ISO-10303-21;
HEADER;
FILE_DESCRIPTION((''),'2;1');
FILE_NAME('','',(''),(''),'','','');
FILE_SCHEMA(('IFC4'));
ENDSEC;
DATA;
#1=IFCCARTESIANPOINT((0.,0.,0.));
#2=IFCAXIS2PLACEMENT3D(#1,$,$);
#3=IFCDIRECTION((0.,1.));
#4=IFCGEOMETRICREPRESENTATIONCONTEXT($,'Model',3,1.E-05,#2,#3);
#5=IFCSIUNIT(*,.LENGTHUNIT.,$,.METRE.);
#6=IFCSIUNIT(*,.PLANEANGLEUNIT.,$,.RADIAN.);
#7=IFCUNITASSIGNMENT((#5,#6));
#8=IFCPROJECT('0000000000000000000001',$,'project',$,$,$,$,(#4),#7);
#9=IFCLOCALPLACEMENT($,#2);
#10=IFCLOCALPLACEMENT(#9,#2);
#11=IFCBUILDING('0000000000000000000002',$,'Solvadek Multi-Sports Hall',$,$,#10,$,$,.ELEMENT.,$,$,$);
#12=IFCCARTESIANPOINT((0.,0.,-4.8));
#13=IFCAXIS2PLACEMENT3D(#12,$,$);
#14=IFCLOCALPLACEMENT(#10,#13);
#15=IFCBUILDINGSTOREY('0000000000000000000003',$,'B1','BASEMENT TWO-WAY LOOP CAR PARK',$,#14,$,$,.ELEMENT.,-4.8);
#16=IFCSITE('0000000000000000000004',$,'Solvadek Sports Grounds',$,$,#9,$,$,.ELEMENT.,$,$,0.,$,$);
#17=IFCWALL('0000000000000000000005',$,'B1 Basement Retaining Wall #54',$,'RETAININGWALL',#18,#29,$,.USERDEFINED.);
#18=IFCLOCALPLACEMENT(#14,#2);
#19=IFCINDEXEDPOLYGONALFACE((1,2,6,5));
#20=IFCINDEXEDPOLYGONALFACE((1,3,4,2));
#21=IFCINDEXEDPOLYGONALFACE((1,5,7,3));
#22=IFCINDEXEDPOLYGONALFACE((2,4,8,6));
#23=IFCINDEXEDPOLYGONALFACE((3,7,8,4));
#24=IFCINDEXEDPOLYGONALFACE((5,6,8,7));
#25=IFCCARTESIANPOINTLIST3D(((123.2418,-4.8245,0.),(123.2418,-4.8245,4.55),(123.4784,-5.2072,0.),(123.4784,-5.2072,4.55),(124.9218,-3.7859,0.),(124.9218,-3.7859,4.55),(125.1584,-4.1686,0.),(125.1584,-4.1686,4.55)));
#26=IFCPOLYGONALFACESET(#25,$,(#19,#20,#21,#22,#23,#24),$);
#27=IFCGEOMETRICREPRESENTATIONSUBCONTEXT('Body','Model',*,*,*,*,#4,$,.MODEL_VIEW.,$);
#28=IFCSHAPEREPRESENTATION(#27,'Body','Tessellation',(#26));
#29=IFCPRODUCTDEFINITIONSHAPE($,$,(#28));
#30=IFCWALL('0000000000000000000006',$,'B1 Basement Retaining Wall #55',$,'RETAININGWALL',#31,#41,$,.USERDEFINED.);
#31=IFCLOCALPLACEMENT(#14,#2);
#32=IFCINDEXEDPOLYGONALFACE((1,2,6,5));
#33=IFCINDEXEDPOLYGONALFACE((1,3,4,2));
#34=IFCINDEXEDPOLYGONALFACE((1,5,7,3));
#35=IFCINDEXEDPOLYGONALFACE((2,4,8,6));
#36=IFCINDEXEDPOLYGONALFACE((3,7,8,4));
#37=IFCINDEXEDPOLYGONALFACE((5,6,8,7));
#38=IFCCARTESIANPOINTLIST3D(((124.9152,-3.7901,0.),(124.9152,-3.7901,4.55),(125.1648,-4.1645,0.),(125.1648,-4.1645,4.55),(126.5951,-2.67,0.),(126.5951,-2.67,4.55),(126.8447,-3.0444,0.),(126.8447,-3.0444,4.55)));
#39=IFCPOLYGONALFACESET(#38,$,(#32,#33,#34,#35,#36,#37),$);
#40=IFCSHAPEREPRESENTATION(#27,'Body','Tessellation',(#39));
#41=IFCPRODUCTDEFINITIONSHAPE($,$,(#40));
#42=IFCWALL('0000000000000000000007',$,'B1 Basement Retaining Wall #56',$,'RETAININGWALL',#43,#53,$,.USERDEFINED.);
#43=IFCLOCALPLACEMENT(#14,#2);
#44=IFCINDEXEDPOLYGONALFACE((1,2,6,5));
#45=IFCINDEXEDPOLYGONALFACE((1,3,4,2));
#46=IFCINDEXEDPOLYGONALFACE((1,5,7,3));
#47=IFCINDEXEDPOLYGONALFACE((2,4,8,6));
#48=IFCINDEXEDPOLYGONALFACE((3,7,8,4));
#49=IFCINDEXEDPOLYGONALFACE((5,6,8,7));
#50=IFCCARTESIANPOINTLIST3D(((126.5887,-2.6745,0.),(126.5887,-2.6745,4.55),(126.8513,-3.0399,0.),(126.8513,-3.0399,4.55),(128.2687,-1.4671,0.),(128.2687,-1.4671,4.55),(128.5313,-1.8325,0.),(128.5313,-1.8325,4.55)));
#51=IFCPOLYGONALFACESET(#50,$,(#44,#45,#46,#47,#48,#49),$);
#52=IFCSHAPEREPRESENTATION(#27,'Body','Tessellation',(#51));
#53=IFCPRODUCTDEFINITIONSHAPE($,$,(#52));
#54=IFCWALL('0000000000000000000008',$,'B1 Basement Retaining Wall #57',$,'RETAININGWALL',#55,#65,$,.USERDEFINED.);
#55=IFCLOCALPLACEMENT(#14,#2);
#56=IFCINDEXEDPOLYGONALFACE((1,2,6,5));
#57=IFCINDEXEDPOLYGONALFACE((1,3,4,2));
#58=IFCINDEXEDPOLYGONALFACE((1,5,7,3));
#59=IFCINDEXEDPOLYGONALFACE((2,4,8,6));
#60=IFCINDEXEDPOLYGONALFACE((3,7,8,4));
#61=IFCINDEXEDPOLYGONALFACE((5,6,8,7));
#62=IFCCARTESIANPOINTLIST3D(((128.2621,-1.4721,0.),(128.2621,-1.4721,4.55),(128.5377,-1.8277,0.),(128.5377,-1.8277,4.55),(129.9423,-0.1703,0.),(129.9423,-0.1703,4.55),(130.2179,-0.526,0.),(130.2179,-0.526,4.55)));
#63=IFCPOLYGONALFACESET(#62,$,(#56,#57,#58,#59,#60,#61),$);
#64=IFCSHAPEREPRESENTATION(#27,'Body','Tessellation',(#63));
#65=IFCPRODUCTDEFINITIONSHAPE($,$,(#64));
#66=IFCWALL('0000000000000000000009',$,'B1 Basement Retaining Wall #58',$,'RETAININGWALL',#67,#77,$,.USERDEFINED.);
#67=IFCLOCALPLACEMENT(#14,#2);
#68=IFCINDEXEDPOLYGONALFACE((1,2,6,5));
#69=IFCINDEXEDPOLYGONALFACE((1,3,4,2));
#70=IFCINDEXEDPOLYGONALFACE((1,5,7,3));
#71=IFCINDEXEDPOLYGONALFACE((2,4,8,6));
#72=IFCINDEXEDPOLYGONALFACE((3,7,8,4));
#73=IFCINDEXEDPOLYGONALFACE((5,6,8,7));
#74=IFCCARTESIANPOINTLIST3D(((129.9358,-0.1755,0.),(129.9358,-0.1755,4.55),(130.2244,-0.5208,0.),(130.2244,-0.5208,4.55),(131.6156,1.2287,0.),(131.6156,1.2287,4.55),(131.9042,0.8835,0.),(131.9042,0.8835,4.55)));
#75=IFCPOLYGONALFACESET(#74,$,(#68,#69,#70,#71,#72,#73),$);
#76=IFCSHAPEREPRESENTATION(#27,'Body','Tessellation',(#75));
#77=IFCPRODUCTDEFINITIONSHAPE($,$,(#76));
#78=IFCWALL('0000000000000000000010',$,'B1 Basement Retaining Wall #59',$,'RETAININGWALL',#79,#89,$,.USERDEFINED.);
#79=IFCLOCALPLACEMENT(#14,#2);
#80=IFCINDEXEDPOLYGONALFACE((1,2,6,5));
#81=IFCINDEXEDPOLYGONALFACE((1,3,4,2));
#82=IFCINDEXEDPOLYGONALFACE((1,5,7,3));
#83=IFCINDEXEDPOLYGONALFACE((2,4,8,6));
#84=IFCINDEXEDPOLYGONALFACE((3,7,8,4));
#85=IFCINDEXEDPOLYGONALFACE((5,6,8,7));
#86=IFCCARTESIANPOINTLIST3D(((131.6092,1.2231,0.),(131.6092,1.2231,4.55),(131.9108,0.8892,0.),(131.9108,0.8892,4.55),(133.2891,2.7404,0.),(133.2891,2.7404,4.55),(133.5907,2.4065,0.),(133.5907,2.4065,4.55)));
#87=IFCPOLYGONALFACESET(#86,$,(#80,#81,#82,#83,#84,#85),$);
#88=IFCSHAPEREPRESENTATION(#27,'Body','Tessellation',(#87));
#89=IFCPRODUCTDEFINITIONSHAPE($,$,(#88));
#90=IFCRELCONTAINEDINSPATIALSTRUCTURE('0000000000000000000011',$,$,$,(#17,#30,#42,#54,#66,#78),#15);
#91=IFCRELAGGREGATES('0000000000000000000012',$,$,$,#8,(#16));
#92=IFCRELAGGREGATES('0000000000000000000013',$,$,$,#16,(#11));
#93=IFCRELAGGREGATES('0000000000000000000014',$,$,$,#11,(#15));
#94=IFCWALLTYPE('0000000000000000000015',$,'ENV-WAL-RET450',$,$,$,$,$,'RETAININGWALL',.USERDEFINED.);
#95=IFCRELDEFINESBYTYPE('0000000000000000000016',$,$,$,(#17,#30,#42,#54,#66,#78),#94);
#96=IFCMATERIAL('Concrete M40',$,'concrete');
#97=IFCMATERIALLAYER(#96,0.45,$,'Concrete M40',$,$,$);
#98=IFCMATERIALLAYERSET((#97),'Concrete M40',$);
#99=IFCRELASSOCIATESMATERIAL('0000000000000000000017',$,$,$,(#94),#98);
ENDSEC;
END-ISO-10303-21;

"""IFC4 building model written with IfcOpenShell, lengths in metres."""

from ifc_helpers import new_model, si_unit, direction, frame, frame_2d, origin, place, context, subcontext, project, spatial, rectangle, extrude, material, layer, layer_set, type_object, element, save


model = new_model("IFC4")

# Units and contexts
model_context = context("Model", 3, precision=1e-05, world=origin(), true_north=direction((0.0, 1.0)))
body_context = subcontext(model_context, "Body", "Model", "MODEL_VIEW")
ifc_project = project(units=[si_unit("LENGTHUNIT", "METRE"), si_unit("PLANEANGLEUNIT", "RADIAN")], contexts=[model_context])

# Site, building, storey
site_placement = place(None, origin())
site = spatial("IfcSite", under=ifc_project, at=site_placement, Name="Solvadek Sports Grounds", CompositionType="ELEMENT", RefElevation=0.0)
building_placement = place(site_placement, origin())
building = spatial("IfcBuilding", under=site, at=building_placement, Name="Solvadek Multi-Sports Hall", CompositionType="ELEMENT")
storey_placement = place(building_placement, frame((0.0, 0.0, -4.8)))
storey = spatial("IfcBuildingStorey", under=building, at=storey_placement, Name="B1", Description="BASEMENT TWO-WAY LOOP CAR PARK", CompositionType="ELEMENT", Elevation=-4.8)

# Shared definitions
ifc_material_1 = material(Name="Concrete M40", Category="concrete")

# Walls
ifc_layer_1 = layer(ifc_material_1, 0.45, Name="Concrete M40")
ifc_layer_set_1 = layer_set([ifc_layer_1], Name="Concrete M40")
wall_type = type_object("IfcWallType", Name="ENV-WAL-RET450", ElementType="RETAININGWALL", PredefinedType="USERDEFINED", material=ifc_layer_set_1)
wall_1_placement = place(storey_placement, frame((123.3601, -5.0159, 0.0), z_axis=(0.0, 0.0, 1.0), x_axis=(0.850578, 0.525848, 0.0)))
element("IfcWall", 1, at=wall_1_placement, inside=storey, type_object=wall_type, Name="B1 Basement Retaining Wall #54", ObjectType="RETAININGWALL", PredefinedType="USERDEFINED", context=body_context, shape_type="SweptSolid", body=[
    extrude(rectangle(XDim=1.9751, YDim=0.45, at=frame_2d((0.9875, 0.0))), origin(), (0.0, 0.0, 1.0), 4.55),
])
wall_2_placement = place(storey_placement, frame((125.04, -3.9773, 0.0), z_axis=(0.0, 0.0, 1.0), x_axis=(0.832013, 0.554756, 0.0)))
element("IfcWall", 2, at=wall_2_placement, inside=storey, type_object=wall_type, Name="B1 Basement Retaining Wall #55", ObjectType="RETAININGWALL", PredefinedType="USERDEFINED", context=body_context, shape_type="SweptSolid", body=[
    extrude(rectangle(XDim=2.019, YDim=0.45, at=frame_2d((1.0095, 0.0))), origin(), (0.0, 0.0, 1.0), 4.55),
])
wall_3_placement = place(storey_placement, frame((126.72, -2.8572, 0.0), z_axis=(0.0, 0.0, 1.0), x_axis=(0.812056, 0.58358, 0.0)))
element("IfcWall", 3, at=wall_3_placement, inside=storey, type_object=wall_type, Name="B1 Basement Retaining Wall #56", ObjectType="RETAININGWALL", PredefinedType="USERDEFINED", context=body_context, shape_type="SweptSolid", body=[
    extrude(rectangle(XDim=2.0688, YDim=0.45, at=frame_2d((1.0344, 0.0))), origin(), (0.0, 0.0, 1.0), 4.55),
])
wall_4_placement = place(storey_placement, frame((128.3999, -1.6499, 0.0), z_axis=(0.0, 0.0, 1.0), x_axis=(0.790501, 0.61246, 0.0)))
element("IfcWall", 4, at=wall_4_placement, inside=storey, type_object=wall_type, Name="B1 Basement Retaining Wall #57", ObjectType="RETAININGWALL", PredefinedType="USERDEFINED", context=body_context, shape_type="SweptSolid", body=[
    extrude(rectangle(XDim=2.1255, YDim=0.45, at=frame_2d((1.0627, 0.0))), origin(), (0.0, 0.0, 1.0), 4.55),
])
wall_5_placement = place(storey_placement, frame((130.0801, -0.3481, 0.0), z_axis=(0.0, 0.0, 1.0), x_axis=(0.767242, 0.641357, 0.0)))
element("IfcWall", 5, at=wall_5_placement, inside=storey, type_object=wall_type, Name="B1 Basement Retaining Wall #58", ObjectType="RETAININGWALL", PredefinedType="USERDEFINED", context=body_context, shape_type="SweptSolid", body=[
    extrude(rectangle(XDim=2.1895, YDim=0.45, at=frame_2d((1.0947, 0.0))), origin(), (0.0, 0.0, 1.0), 4.55),
])
wall_6_placement = place(storey_placement, frame((131.76, 1.0562, 0.0), z_axis=(0.0, 0.0, 1.0), x_axis=(0.742108, 0.670281, 0.0)))
element("IfcWall", 6, at=wall_6_placement, inside=storey, type_object=wall_type, Name="B1 Basement Retaining Wall #59", ObjectType="RETAININGWALL", PredefinedType="USERDEFINED", context=body_context, shape_type="SweptSolid", body=[
    extrude(rectangle(XDim=2.2637, YDim=0.45, at=frame_2d((1.1318, 0.0))), origin(), (0.0, 0.0, 1.0), 4.55),
])

save(model, "model.ifc")
